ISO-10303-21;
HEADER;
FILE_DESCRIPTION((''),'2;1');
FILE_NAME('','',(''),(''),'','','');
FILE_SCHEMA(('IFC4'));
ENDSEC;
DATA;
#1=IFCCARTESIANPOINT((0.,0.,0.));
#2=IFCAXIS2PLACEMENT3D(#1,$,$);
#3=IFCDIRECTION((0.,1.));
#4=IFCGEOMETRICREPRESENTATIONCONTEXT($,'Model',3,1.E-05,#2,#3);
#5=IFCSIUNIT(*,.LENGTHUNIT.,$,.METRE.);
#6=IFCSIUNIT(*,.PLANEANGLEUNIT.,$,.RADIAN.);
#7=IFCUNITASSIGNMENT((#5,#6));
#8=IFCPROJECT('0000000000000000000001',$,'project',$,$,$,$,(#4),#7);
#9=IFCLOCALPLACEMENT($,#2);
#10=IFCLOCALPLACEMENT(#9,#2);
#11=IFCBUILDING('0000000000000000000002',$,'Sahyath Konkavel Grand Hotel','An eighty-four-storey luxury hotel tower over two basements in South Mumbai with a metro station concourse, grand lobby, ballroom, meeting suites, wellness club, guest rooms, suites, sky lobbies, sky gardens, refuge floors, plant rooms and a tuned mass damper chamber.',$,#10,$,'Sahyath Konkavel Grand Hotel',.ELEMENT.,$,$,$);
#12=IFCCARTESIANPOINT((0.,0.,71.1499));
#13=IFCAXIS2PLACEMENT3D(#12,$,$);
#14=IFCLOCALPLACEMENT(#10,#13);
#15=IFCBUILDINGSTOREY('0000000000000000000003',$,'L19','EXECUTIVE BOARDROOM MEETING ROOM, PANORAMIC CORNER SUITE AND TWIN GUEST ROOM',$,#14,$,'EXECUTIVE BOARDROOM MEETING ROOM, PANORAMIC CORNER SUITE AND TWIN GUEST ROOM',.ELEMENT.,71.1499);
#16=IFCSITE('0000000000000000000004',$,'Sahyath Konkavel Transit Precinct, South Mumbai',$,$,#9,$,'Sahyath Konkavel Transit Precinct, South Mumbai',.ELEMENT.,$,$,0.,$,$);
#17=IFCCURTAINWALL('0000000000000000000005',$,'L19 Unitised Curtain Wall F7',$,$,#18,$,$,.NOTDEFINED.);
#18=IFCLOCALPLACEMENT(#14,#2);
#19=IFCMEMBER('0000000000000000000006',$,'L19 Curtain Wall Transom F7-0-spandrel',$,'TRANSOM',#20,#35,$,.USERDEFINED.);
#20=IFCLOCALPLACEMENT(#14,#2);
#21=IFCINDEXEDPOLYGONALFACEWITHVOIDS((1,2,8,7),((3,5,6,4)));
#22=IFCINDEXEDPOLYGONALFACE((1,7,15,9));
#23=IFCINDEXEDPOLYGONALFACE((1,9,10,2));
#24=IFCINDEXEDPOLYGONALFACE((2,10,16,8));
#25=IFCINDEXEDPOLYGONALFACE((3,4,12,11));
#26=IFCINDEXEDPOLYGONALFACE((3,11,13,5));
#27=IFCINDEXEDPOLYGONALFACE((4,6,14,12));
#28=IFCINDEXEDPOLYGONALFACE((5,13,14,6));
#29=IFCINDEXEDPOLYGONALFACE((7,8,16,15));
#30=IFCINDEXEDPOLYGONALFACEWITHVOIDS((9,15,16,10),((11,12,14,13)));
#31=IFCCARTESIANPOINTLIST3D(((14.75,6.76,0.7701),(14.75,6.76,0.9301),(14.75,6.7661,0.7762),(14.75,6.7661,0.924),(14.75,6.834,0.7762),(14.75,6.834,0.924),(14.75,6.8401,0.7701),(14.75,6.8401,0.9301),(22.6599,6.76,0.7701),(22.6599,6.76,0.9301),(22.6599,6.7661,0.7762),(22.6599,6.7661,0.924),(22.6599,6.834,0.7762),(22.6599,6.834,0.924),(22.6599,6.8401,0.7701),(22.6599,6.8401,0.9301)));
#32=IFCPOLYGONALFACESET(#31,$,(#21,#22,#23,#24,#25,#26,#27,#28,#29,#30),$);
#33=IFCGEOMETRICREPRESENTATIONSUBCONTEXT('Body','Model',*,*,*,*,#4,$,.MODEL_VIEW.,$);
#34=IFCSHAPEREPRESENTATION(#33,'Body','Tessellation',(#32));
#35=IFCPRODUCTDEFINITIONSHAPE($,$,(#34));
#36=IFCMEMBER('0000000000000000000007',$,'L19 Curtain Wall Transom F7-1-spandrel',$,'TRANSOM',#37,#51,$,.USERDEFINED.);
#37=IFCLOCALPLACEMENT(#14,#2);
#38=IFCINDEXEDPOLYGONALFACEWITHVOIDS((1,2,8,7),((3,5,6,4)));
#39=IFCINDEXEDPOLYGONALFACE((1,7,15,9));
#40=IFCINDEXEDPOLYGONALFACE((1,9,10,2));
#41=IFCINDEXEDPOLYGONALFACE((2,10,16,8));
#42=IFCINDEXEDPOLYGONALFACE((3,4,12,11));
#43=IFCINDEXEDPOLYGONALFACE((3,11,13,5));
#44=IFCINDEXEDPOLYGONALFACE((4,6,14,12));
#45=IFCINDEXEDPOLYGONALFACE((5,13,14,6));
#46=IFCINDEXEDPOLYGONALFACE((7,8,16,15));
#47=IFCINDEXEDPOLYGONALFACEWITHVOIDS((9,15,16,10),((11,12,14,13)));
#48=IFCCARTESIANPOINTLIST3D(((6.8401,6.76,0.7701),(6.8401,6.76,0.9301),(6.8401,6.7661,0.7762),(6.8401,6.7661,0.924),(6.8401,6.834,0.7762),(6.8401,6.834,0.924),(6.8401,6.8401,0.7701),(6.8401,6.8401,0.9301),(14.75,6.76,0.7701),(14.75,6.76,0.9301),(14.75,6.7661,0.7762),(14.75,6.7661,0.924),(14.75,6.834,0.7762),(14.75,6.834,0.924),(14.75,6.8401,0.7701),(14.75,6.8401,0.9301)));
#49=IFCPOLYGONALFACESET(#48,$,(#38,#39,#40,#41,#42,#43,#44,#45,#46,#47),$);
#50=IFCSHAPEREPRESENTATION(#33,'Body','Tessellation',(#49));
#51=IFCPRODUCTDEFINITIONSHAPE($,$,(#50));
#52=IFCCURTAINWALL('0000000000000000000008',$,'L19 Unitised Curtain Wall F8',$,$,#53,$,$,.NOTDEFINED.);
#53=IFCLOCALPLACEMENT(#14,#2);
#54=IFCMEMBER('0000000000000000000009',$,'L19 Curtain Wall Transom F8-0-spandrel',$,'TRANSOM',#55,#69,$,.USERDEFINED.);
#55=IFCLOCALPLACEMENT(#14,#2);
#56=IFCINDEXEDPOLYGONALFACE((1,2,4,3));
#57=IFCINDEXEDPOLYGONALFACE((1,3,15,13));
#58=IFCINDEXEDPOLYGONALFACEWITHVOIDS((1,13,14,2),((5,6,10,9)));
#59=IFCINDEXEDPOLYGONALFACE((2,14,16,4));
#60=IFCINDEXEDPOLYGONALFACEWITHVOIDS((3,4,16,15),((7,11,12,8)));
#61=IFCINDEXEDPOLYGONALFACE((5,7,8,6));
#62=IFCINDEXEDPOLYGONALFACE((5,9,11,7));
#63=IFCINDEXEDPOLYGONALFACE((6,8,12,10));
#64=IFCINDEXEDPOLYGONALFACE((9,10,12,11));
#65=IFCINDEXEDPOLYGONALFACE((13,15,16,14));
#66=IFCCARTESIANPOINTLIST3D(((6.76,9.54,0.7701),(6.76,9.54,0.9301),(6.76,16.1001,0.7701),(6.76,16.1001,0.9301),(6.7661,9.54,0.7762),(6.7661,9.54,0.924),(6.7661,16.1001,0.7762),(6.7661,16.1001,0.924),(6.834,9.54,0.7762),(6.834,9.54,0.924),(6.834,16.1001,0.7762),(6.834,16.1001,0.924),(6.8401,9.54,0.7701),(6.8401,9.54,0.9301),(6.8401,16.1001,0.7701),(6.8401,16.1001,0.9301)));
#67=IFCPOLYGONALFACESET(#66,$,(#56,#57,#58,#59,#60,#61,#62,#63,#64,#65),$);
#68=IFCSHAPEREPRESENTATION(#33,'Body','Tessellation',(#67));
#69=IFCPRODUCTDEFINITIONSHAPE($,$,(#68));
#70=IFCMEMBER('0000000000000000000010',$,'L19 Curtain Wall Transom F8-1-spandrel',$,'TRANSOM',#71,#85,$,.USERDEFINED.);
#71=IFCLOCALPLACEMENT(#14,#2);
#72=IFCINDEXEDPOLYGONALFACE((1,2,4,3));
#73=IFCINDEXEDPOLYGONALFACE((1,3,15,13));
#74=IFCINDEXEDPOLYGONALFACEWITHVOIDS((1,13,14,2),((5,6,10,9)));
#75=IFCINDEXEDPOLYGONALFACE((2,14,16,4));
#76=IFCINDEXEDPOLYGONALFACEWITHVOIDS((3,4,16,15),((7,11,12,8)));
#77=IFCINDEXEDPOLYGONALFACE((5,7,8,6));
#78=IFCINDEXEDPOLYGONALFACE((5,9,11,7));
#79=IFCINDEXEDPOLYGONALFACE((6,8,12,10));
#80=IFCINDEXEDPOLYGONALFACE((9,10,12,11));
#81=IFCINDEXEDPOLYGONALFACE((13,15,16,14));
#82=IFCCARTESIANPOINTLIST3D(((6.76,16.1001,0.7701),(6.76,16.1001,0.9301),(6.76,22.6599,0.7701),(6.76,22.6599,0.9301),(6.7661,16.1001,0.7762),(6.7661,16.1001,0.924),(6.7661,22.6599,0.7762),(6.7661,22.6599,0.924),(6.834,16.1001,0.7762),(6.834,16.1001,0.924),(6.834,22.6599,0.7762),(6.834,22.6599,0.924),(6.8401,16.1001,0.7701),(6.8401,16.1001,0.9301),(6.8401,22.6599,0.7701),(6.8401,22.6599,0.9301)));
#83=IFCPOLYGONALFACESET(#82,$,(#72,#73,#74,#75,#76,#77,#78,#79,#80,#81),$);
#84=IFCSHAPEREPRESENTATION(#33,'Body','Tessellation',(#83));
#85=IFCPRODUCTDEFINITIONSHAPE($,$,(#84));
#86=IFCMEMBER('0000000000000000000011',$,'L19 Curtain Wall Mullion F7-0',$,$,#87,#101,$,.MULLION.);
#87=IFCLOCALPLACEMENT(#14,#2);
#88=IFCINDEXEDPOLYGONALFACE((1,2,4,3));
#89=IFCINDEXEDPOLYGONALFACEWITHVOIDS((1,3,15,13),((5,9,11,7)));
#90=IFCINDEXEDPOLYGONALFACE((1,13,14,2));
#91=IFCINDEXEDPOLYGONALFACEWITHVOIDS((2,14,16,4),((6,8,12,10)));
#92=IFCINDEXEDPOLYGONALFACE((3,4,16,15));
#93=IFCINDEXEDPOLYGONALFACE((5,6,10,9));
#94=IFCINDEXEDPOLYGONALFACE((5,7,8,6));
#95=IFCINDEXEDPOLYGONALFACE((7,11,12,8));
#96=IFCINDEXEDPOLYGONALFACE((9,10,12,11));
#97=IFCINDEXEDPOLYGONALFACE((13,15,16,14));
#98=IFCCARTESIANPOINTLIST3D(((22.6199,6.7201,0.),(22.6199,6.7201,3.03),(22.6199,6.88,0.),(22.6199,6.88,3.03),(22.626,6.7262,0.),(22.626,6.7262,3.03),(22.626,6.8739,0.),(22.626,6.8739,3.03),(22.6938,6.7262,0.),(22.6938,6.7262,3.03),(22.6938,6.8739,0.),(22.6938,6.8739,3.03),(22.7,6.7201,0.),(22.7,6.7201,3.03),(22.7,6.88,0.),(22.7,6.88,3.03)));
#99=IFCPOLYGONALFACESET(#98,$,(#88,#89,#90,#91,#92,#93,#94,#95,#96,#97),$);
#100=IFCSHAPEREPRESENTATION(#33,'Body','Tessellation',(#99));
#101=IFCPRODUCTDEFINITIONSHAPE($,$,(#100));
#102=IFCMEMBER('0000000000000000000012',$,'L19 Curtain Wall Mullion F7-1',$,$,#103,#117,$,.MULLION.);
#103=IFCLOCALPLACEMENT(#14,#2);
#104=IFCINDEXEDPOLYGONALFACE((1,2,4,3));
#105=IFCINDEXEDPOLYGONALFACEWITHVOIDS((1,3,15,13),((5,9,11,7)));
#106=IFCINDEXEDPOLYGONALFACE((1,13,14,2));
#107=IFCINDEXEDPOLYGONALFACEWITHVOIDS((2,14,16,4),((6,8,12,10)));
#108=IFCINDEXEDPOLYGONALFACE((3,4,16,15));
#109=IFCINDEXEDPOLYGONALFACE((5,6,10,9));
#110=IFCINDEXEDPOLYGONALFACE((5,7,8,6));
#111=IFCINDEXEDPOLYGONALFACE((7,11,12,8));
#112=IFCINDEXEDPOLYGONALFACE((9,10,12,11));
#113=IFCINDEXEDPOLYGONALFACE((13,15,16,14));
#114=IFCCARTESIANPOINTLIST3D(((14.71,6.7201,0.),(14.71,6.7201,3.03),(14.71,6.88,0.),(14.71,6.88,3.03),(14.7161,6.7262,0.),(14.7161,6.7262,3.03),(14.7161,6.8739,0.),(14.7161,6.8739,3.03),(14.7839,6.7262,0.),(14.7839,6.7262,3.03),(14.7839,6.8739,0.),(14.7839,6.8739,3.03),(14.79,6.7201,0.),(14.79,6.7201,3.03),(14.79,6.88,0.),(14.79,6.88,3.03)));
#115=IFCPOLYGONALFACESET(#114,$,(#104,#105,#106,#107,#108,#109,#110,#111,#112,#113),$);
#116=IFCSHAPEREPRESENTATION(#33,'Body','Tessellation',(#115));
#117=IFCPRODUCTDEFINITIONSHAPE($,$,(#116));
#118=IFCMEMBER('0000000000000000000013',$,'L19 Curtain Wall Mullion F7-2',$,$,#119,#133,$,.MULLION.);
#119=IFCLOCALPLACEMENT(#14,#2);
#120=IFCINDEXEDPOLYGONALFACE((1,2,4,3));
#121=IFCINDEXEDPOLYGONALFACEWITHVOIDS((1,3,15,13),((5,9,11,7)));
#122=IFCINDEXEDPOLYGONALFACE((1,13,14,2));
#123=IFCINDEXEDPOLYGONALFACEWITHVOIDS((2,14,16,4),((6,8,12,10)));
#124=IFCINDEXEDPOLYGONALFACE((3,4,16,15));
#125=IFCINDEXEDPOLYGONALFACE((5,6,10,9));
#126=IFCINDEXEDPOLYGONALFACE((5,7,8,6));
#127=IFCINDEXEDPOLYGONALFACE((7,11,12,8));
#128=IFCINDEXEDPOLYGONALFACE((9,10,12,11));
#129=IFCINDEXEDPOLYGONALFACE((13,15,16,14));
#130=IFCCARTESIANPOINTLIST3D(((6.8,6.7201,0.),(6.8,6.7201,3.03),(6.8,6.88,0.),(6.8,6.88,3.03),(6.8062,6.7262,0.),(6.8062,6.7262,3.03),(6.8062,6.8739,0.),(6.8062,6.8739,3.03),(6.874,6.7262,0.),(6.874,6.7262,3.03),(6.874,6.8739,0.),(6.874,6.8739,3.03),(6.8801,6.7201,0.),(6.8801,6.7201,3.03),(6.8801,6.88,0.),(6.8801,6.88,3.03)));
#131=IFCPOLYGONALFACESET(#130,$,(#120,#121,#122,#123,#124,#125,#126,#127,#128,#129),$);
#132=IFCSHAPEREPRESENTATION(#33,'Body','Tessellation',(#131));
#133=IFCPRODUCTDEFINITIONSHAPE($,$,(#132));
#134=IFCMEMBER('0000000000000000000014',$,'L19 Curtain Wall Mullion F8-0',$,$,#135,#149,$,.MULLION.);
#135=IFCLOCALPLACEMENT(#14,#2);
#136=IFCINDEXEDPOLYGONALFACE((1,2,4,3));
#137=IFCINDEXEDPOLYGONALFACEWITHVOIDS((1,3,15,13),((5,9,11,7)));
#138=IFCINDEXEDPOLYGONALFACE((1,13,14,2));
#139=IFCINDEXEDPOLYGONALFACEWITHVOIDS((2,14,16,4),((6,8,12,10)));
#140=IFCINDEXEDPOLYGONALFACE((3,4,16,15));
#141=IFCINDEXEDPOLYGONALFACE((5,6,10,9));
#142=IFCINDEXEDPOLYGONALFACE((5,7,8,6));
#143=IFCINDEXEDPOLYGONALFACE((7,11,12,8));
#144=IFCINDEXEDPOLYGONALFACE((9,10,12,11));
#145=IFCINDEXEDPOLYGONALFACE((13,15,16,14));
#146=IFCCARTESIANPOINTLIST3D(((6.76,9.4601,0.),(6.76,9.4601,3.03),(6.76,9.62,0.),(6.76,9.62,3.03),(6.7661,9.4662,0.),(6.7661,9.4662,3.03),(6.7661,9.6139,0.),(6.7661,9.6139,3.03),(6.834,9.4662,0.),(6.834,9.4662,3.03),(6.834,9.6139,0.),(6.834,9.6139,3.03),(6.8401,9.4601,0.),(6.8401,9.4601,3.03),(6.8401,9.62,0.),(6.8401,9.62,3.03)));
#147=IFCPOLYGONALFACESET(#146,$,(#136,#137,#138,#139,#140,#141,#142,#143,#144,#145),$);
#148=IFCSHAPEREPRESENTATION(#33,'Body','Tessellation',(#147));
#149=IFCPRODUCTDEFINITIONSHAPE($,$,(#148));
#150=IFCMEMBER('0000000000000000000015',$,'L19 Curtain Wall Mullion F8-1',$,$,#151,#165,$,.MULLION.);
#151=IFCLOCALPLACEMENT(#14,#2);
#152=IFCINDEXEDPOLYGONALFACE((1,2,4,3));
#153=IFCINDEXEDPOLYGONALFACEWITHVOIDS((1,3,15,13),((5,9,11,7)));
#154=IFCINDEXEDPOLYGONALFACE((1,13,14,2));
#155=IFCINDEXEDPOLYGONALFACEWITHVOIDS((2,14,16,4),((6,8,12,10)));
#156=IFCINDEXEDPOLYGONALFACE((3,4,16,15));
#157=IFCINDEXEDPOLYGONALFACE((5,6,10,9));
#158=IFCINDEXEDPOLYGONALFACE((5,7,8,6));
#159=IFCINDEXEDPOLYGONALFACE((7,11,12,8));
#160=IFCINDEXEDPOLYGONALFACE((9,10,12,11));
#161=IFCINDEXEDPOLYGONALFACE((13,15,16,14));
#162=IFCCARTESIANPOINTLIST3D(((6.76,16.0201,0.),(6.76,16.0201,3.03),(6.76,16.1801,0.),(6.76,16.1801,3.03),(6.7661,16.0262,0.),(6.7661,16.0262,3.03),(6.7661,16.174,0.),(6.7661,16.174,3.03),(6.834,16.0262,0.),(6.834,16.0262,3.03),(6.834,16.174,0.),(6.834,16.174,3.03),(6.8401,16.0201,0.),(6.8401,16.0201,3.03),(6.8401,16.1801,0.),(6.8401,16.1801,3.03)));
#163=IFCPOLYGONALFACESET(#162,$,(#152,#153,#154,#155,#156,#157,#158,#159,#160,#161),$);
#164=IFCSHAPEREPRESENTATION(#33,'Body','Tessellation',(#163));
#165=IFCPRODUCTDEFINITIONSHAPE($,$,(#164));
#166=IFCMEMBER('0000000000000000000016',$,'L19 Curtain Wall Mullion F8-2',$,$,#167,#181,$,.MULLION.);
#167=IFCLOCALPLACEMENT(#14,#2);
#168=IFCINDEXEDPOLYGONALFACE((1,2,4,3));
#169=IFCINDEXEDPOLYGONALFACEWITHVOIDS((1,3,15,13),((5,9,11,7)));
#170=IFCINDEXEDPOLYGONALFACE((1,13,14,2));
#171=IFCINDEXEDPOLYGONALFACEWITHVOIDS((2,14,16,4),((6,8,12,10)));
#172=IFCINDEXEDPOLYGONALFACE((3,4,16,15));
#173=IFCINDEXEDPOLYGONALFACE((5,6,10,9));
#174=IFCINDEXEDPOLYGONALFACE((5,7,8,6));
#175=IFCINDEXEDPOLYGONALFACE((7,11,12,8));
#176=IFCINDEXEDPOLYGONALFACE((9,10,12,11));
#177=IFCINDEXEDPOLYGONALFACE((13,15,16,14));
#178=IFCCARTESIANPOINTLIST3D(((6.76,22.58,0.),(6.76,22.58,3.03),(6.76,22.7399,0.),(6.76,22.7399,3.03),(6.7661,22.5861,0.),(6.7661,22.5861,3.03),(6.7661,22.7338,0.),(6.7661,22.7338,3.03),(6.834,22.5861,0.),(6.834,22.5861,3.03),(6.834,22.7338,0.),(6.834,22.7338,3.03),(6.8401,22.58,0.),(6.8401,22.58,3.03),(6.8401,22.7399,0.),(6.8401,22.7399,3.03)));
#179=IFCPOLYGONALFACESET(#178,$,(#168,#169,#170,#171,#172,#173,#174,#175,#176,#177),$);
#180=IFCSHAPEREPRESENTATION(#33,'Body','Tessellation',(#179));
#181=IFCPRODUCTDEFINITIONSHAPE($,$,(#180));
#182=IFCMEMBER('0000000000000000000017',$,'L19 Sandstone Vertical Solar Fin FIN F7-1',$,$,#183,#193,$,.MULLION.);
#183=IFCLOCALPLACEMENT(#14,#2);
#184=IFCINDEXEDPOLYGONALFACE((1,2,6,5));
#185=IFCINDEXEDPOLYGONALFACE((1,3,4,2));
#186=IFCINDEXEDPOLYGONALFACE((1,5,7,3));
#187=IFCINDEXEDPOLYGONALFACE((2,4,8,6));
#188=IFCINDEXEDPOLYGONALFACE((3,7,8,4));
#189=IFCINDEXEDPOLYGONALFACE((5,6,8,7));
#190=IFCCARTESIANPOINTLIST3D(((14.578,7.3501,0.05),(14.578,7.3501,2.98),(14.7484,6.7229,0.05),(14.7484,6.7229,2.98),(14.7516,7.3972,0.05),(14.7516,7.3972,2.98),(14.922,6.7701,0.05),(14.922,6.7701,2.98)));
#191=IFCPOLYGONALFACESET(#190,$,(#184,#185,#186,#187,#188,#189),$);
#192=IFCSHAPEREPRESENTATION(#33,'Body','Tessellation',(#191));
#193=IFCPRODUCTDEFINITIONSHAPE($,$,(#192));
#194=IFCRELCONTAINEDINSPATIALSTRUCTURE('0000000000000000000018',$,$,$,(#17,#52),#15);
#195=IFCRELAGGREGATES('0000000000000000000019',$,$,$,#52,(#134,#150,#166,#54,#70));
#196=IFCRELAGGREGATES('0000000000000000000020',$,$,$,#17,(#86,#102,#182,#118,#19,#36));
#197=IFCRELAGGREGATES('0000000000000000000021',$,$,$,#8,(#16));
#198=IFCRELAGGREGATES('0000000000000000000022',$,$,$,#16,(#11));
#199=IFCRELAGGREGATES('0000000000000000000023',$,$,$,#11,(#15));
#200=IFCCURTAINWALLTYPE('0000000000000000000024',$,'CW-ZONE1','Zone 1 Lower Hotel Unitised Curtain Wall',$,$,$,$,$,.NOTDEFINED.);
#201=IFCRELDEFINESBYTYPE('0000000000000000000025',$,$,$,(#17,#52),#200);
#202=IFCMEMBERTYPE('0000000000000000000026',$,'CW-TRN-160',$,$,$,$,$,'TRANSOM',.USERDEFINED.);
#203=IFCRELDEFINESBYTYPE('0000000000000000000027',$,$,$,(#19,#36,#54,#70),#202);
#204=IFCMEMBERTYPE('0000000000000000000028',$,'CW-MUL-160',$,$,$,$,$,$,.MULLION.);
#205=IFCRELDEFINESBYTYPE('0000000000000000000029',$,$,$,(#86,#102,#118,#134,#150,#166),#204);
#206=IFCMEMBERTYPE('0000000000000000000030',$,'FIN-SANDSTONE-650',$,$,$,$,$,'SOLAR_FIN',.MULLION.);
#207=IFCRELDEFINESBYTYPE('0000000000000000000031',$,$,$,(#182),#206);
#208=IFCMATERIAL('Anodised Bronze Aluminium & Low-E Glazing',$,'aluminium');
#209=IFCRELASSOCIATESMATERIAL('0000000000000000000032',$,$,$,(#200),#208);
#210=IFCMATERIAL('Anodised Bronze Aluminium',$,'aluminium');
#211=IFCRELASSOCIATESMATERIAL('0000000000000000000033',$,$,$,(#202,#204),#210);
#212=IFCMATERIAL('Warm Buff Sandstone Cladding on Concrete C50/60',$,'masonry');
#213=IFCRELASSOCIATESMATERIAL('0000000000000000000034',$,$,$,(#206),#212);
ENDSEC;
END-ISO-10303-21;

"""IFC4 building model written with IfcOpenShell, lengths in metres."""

from ifc_helpers import new_model, si_unit, direction, frame, origin, origin_2d, place, context, subcontext, project, spatial, rectangle, hollow_rectangle, extrude, source, transform, mapped, material, material_profile, profile_set, type_object, element, aggregate, save


model = new_model("IFC4")

# Units and contexts
model_context = context("Model", 3, precision=1e-05, world=origin(), true_north=direction((0.0, 1.0)))
body_context = subcontext(model_context, "Body", "Model", "MODEL_VIEW")
ifc_project = project(units=[si_unit("LENGTHUNIT", "METRE"), si_unit("PLANEANGLEUNIT", "RADIAN")], contexts=[model_context])

# Site, building, storey
site_placement = place(None, origin())
site = spatial("IfcSite", under=ifc_project, at=site_placement, Name="Sahyath Konkavel Transit Precinct, South Mumbai", LongName="Sahyath Konkavel Transit Precinct, South Mumbai", CompositionType="ELEMENT", RefElevation=0.0)
building_placement = place(site_placement, origin())
building = spatial("IfcBuilding", under=site, at=building_placement, Name="Sahyath Konkavel Grand Hotel", Description="An eighty-four-storey luxury hotel tower over two basements in South Mumbai with a metro station concourse, grand lobby, ballroom, meeting suites, wellness club, guest rooms, suites, sky lobbies, sky gardens, refuge floors, plant rooms and a tuned mass damper chamber.", LongName="Sahyath Konkavel Grand Hotel", CompositionType="ELEMENT")
storey_placement = place(building_placement, frame((0.0, 0.0, 71.1499)))
storey = spatial("IfcBuildingStorey", under=building, at=storey_placement, Name="L19", Description="EXECUTIVE BOARDROOM MEETING ROOM, PANORAMIC CORNER SUITE AND TWIN GUEST ROOM", LongName="EXECUTIVE BOARDROOM MEETING ROOM, PANORAMIC CORNER SUITE AND TWIN GUEST ROOM", CompositionType="ELEMENT", Elevation=71.1499)

# Curtain walls, members
ifc_material_1 = material(Name="Anodised Bronze Aluminium & Low-E Glazing", Category="aluminium")
curtain_wall_type = type_object("IfcCurtainWallType", Name="CW-ZONE1", Description="Zone 1 Lower Hotel Unitised Curtain Wall", PredefinedType="NOTDEFINED", material=ifc_material_1)
curtain_wall_1_placement = place(storey_placement, origin())
curtain_wall_1 = element("IfcCurtainWall", 1, at=curtain_wall_1_placement, inside=storey, type_object=curtain_wall_type, Name="L19 Unitised Curtain Wall F7", PredefinedType="NOTDEFINED")
ifc_material_2 = material(Name="Anodised Bronze Aluminium", Category="aluminium")
ifc_material_profile_1 = material_profile(ifc_material_2, hollow_rectangle(XDim=0.0801, YDim=0.1599, WallThickness=0.0061, at=origin_2d()), Name="RHS 160x80x6")
ifc_profile_set_1 = profile_set([ifc_material_profile_1], Name="Anodised Bronze Aluminium")
member_type_1 = type_object("IfcMemberType", Name="CW-TRN-160", ElementType="TRANSOM", PredefinedType="USERDEFINED", material=ifc_profile_set_1)
shared_shape_1 = source(origin(), body_context, "Body", "SweptSolid", [
    extrude(hollow_rectangle(XDim=0.0801, YDim=0.1599, WallThickness=0.0061, at=origin_2d()), origin(), (0.0, 0.0, 1.0), 7.9099),
])
member_1_placement = place(storey_placement, frame((22.6599, 6.8, 0.8501), z_axis=(-1.0, 0.0, 0.0), x_axis=(0.0, -1.0, 0.0)))
member_1 = element("IfcMember", 2, at=member_1_placement, type_object=member_type_1, Name="L19 Curtain Wall Transom F7-0-spandrel", ObjectType="TRANSOM", PredefinedType="USERDEFINED", context=body_context, shape_type="MappedRepresentation", body=[
    mapped(shared_shape_1, transform((0.0, 0.0, 0.0), scale=1.0)),
])
member_2_placement = place(storey_placement, frame((14.75, 6.8, 0.8501), z_axis=(-1.0, 0.0, 0.0), x_axis=(0.0, -1.0, 0.0)))
member_2 = element("IfcMember", 3, at=member_2_placement, type_object=member_type_1, Name="L19 Curtain Wall Transom F7-1-spandrel", ObjectType="TRANSOM", PredefinedType="USERDEFINED", context=body_context, shape_type="MappedRepresentation", body=[
    mapped(shared_shape_1, transform((0.0, 0.0, 0.0), scale=1.0)),
])
curtain_wall_2_placement = place(storey_placement, origin())
curtain_wall_2 = element("IfcCurtainWall", 4, at=curtain_wall_2_placement, inside=storey, type_object=curtain_wall_type, Name="L19 Unitised Curtain Wall F8", PredefinedType="NOTDEFINED")
shared_shape_2 = source(origin(), body_context, "Body", "SweptSolid", [
    extrude(hollow_rectangle(XDim=0.0801, YDim=0.1599, WallThickness=0.0061, at=origin_2d()), origin(), (0.0, 0.0, 1.0), 6.5601),
])
member_3_placement = place(storey_placement, frame((6.8, 9.54, 0.8501), z_axis=(0.0, 1.0, 0.0), x_axis=(-1.0, 0.0, 0.0)))
member_3 = element("IfcMember", 5, at=member_3_placement, type_object=member_type_1, Name="L19 Curtain Wall Transom F8-0-spandrel", ObjectType="TRANSOM", PredefinedType="USERDEFINED", context=body_context, shape_type="MappedRepresentation", body=[
    mapped(shared_shape_2, transform((0.0, 0.0, 0.0), scale=1.0)),
])
shared_shape_3 = source(origin(), body_context, "Body", "SweptSolid", [
    extrude(hollow_rectangle(XDim=0.0801, YDim=0.1599, WallThickness=0.0061, at=origin_2d()), origin(), (0.0, 0.0, 1.0), 6.5598),
])
member_4_placement = place(storey_placement, frame((6.8, 16.1001, 0.8501), z_axis=(0.0, 1.0, 0.0), x_axis=(-1.0, 0.0, 0.0)))
member_4 = element("IfcMember", 6, at=member_4_placement, type_object=member_type_1, Name="L19 Curtain Wall Transom F8-1-spandrel", ObjectType="TRANSOM", PredefinedType="USERDEFINED", context=body_context, shape_type="MappedRepresentation", body=[
    mapped(shared_shape_3, transform((0.0, 0.0, 0.0), scale=1.0)),
])

# Members
ifc_material_profile_2 = material_profile(ifc_material_2, hollow_rectangle(XDim=0.0801, YDim=0.1599, WallThickness=0.0061, at=origin_2d()), Name="RHS 160x80x6")
ifc_profile_set_2 = profile_set([ifc_material_profile_2], Name="Anodised Bronze Aluminium")
member_type_2 = type_object("IfcMemberType", Name="CW-MUL-160", PredefinedType="MULLION", material=ifc_profile_set_2)
shared_shape_4 = source(origin(), body_context, "Body", "SweptSolid", [
    extrude(hollow_rectangle(XDim=0.0801, YDim=0.1599, WallThickness=0.0061, at=origin_2d()), origin(), (0.0, 0.0, 1.0), 3.03),
])
member_5_placement = place(storey_placement, frame((22.6599, 6.8, 0.0), z_axis=(0.0, 0.0, 1.0), x_axis=(1.0, 0.0, 0.0)))
member_5 = element("IfcMember", 7, at=member_5_placement, type_object=member_type_2, Name="L19 Curtain Wall Mullion F7-0", PredefinedType="MULLION", context=body_context, shape_type="MappedRepresentation", body=[
    mapped(shared_shape_4, transform((0.0, 0.0, 0.0), scale=1.0)),
])
member_6_placement = place(storey_placement, frame((14.75, 6.8, 0.0), z_axis=(0.0, 0.0, 1.0), x_axis=(1.0, 0.0, 0.0)))
member_6 = element("IfcMember", 8, at=member_6_placement, type_object=member_type_2, Name="L19 Curtain Wall Mullion F7-1", PredefinedType="MULLION", context=body_context, shape_type="MappedRepresentation", body=[
    mapped(shared_shape_4, transform((0.0, 0.0, 0.0), scale=1.0)),
])
member_7_placement = place(storey_placement, frame((6.8401, 6.8, 0.0), z_axis=(0.0, 0.0, 1.0), x_axis=(1.0, 0.0, 0.0)))
member_7 = element("IfcMember", 9, at=member_7_placement, type_object=member_type_2, Name="L19 Curtain Wall Mullion F7-2", PredefinedType="MULLION", context=body_context, shape_type="MappedRepresentation", body=[
    mapped(shared_shape_4, transform((0.0, 0.0, 0.0), scale=1.0)),
])
member_8_placement = place(storey_placement, frame((6.8, 9.54, 0.0), z_axis=(0.0, 0.0, 1.0), x_axis=(1.0, 0.0, 0.0)))
member_8 = element("IfcMember", 10, at=member_8_placement, type_object=member_type_2, Name="L19 Curtain Wall Mullion F8-0", PredefinedType="MULLION", context=body_context, shape_type="MappedRepresentation", body=[
    mapped(shared_shape_4, transform((0.0, 0.0, 0.0), scale=1.0)),
])
member_9_placement = place(storey_placement, frame((6.8, 16.1001, 0.0), z_axis=(0.0, 0.0, 1.0), x_axis=(1.0, 0.0, 0.0)))
member_9 = element("IfcMember", 11, at=member_9_placement, type_object=member_type_2, Name="L19 Curtain Wall Mullion F8-1", PredefinedType="MULLION", context=body_context, shape_type="MappedRepresentation", body=[
    mapped(shared_shape_4, transform((0.0, 0.0, 0.0), scale=1.0)),
])
member_10_placement = place(storey_placement, frame((6.8, 22.6599, 0.0), z_axis=(0.0, 0.0, 1.0), x_axis=(1.0, 0.0, 0.0)))
member_10 = element("IfcMember", 12, at=member_10_placement, type_object=member_type_2, Name="L19 Curtain Wall Mullion F8-2", PredefinedType="MULLION", context=body_context, shape_type="MappedRepresentation", body=[
    mapped(shared_shape_4, transform((0.0, 0.0, 0.0), scale=1.0)),
])
ifc_material_3 = material(Name="Warm Buff Sandstone Cladding on Concrete C50/60", Category="masonry")
ifc_material_profile_3 = material_profile(ifc_material_3, rectangle(XDim=0.1799, YDim=0.6499, at=origin_2d()), Name="FIN 180x650")
ifc_profile_set_3 = profile_set([ifc_material_profile_3], Name="Warm Buff Sandstone Cladding on Concrete C50/60")
member_type_3 = type_object("IfcMemberType", Name="FIN-SANDSTONE-650", ElementType="SOLAR_FIN", PredefinedType="MULLION", material=ifc_profile_set_3)
shared_shape_5 = source(origin(), body_context, "Body", "SweptSolid", [
    extrude(rectangle(XDim=0.1799, YDim=0.6499, at=origin_2d()), origin(), (0.0, 0.0, 1.0), 2.9299),
])
member_11_placement = place(storey_placement, frame((14.75, 7.0601, 0.05), z_axis=(0.0, 0.0, 1.0), x_axis=(0.965016, 0.262189, 0.0)))
member_11 = element("IfcMember", 13, at=member_11_placement, type_object=member_type_3, Name="L19 Sandstone Vertical Solar Fin FIN F7-1", PredefinedType="MULLION", context=body_context, shape_type="MappedRepresentation", body=[
    mapped(shared_shape_5, transform((0.0, 0.0, 0.0), scale=1.0)),
])

aggregate(curtain_wall_2, [member_8, member_9, member_10, member_3, member_4])
aggregate(curtain_wall_1, [member_5, member_6, member_11, member_7, member_1, member_2])

save(model, "model.ifc")
